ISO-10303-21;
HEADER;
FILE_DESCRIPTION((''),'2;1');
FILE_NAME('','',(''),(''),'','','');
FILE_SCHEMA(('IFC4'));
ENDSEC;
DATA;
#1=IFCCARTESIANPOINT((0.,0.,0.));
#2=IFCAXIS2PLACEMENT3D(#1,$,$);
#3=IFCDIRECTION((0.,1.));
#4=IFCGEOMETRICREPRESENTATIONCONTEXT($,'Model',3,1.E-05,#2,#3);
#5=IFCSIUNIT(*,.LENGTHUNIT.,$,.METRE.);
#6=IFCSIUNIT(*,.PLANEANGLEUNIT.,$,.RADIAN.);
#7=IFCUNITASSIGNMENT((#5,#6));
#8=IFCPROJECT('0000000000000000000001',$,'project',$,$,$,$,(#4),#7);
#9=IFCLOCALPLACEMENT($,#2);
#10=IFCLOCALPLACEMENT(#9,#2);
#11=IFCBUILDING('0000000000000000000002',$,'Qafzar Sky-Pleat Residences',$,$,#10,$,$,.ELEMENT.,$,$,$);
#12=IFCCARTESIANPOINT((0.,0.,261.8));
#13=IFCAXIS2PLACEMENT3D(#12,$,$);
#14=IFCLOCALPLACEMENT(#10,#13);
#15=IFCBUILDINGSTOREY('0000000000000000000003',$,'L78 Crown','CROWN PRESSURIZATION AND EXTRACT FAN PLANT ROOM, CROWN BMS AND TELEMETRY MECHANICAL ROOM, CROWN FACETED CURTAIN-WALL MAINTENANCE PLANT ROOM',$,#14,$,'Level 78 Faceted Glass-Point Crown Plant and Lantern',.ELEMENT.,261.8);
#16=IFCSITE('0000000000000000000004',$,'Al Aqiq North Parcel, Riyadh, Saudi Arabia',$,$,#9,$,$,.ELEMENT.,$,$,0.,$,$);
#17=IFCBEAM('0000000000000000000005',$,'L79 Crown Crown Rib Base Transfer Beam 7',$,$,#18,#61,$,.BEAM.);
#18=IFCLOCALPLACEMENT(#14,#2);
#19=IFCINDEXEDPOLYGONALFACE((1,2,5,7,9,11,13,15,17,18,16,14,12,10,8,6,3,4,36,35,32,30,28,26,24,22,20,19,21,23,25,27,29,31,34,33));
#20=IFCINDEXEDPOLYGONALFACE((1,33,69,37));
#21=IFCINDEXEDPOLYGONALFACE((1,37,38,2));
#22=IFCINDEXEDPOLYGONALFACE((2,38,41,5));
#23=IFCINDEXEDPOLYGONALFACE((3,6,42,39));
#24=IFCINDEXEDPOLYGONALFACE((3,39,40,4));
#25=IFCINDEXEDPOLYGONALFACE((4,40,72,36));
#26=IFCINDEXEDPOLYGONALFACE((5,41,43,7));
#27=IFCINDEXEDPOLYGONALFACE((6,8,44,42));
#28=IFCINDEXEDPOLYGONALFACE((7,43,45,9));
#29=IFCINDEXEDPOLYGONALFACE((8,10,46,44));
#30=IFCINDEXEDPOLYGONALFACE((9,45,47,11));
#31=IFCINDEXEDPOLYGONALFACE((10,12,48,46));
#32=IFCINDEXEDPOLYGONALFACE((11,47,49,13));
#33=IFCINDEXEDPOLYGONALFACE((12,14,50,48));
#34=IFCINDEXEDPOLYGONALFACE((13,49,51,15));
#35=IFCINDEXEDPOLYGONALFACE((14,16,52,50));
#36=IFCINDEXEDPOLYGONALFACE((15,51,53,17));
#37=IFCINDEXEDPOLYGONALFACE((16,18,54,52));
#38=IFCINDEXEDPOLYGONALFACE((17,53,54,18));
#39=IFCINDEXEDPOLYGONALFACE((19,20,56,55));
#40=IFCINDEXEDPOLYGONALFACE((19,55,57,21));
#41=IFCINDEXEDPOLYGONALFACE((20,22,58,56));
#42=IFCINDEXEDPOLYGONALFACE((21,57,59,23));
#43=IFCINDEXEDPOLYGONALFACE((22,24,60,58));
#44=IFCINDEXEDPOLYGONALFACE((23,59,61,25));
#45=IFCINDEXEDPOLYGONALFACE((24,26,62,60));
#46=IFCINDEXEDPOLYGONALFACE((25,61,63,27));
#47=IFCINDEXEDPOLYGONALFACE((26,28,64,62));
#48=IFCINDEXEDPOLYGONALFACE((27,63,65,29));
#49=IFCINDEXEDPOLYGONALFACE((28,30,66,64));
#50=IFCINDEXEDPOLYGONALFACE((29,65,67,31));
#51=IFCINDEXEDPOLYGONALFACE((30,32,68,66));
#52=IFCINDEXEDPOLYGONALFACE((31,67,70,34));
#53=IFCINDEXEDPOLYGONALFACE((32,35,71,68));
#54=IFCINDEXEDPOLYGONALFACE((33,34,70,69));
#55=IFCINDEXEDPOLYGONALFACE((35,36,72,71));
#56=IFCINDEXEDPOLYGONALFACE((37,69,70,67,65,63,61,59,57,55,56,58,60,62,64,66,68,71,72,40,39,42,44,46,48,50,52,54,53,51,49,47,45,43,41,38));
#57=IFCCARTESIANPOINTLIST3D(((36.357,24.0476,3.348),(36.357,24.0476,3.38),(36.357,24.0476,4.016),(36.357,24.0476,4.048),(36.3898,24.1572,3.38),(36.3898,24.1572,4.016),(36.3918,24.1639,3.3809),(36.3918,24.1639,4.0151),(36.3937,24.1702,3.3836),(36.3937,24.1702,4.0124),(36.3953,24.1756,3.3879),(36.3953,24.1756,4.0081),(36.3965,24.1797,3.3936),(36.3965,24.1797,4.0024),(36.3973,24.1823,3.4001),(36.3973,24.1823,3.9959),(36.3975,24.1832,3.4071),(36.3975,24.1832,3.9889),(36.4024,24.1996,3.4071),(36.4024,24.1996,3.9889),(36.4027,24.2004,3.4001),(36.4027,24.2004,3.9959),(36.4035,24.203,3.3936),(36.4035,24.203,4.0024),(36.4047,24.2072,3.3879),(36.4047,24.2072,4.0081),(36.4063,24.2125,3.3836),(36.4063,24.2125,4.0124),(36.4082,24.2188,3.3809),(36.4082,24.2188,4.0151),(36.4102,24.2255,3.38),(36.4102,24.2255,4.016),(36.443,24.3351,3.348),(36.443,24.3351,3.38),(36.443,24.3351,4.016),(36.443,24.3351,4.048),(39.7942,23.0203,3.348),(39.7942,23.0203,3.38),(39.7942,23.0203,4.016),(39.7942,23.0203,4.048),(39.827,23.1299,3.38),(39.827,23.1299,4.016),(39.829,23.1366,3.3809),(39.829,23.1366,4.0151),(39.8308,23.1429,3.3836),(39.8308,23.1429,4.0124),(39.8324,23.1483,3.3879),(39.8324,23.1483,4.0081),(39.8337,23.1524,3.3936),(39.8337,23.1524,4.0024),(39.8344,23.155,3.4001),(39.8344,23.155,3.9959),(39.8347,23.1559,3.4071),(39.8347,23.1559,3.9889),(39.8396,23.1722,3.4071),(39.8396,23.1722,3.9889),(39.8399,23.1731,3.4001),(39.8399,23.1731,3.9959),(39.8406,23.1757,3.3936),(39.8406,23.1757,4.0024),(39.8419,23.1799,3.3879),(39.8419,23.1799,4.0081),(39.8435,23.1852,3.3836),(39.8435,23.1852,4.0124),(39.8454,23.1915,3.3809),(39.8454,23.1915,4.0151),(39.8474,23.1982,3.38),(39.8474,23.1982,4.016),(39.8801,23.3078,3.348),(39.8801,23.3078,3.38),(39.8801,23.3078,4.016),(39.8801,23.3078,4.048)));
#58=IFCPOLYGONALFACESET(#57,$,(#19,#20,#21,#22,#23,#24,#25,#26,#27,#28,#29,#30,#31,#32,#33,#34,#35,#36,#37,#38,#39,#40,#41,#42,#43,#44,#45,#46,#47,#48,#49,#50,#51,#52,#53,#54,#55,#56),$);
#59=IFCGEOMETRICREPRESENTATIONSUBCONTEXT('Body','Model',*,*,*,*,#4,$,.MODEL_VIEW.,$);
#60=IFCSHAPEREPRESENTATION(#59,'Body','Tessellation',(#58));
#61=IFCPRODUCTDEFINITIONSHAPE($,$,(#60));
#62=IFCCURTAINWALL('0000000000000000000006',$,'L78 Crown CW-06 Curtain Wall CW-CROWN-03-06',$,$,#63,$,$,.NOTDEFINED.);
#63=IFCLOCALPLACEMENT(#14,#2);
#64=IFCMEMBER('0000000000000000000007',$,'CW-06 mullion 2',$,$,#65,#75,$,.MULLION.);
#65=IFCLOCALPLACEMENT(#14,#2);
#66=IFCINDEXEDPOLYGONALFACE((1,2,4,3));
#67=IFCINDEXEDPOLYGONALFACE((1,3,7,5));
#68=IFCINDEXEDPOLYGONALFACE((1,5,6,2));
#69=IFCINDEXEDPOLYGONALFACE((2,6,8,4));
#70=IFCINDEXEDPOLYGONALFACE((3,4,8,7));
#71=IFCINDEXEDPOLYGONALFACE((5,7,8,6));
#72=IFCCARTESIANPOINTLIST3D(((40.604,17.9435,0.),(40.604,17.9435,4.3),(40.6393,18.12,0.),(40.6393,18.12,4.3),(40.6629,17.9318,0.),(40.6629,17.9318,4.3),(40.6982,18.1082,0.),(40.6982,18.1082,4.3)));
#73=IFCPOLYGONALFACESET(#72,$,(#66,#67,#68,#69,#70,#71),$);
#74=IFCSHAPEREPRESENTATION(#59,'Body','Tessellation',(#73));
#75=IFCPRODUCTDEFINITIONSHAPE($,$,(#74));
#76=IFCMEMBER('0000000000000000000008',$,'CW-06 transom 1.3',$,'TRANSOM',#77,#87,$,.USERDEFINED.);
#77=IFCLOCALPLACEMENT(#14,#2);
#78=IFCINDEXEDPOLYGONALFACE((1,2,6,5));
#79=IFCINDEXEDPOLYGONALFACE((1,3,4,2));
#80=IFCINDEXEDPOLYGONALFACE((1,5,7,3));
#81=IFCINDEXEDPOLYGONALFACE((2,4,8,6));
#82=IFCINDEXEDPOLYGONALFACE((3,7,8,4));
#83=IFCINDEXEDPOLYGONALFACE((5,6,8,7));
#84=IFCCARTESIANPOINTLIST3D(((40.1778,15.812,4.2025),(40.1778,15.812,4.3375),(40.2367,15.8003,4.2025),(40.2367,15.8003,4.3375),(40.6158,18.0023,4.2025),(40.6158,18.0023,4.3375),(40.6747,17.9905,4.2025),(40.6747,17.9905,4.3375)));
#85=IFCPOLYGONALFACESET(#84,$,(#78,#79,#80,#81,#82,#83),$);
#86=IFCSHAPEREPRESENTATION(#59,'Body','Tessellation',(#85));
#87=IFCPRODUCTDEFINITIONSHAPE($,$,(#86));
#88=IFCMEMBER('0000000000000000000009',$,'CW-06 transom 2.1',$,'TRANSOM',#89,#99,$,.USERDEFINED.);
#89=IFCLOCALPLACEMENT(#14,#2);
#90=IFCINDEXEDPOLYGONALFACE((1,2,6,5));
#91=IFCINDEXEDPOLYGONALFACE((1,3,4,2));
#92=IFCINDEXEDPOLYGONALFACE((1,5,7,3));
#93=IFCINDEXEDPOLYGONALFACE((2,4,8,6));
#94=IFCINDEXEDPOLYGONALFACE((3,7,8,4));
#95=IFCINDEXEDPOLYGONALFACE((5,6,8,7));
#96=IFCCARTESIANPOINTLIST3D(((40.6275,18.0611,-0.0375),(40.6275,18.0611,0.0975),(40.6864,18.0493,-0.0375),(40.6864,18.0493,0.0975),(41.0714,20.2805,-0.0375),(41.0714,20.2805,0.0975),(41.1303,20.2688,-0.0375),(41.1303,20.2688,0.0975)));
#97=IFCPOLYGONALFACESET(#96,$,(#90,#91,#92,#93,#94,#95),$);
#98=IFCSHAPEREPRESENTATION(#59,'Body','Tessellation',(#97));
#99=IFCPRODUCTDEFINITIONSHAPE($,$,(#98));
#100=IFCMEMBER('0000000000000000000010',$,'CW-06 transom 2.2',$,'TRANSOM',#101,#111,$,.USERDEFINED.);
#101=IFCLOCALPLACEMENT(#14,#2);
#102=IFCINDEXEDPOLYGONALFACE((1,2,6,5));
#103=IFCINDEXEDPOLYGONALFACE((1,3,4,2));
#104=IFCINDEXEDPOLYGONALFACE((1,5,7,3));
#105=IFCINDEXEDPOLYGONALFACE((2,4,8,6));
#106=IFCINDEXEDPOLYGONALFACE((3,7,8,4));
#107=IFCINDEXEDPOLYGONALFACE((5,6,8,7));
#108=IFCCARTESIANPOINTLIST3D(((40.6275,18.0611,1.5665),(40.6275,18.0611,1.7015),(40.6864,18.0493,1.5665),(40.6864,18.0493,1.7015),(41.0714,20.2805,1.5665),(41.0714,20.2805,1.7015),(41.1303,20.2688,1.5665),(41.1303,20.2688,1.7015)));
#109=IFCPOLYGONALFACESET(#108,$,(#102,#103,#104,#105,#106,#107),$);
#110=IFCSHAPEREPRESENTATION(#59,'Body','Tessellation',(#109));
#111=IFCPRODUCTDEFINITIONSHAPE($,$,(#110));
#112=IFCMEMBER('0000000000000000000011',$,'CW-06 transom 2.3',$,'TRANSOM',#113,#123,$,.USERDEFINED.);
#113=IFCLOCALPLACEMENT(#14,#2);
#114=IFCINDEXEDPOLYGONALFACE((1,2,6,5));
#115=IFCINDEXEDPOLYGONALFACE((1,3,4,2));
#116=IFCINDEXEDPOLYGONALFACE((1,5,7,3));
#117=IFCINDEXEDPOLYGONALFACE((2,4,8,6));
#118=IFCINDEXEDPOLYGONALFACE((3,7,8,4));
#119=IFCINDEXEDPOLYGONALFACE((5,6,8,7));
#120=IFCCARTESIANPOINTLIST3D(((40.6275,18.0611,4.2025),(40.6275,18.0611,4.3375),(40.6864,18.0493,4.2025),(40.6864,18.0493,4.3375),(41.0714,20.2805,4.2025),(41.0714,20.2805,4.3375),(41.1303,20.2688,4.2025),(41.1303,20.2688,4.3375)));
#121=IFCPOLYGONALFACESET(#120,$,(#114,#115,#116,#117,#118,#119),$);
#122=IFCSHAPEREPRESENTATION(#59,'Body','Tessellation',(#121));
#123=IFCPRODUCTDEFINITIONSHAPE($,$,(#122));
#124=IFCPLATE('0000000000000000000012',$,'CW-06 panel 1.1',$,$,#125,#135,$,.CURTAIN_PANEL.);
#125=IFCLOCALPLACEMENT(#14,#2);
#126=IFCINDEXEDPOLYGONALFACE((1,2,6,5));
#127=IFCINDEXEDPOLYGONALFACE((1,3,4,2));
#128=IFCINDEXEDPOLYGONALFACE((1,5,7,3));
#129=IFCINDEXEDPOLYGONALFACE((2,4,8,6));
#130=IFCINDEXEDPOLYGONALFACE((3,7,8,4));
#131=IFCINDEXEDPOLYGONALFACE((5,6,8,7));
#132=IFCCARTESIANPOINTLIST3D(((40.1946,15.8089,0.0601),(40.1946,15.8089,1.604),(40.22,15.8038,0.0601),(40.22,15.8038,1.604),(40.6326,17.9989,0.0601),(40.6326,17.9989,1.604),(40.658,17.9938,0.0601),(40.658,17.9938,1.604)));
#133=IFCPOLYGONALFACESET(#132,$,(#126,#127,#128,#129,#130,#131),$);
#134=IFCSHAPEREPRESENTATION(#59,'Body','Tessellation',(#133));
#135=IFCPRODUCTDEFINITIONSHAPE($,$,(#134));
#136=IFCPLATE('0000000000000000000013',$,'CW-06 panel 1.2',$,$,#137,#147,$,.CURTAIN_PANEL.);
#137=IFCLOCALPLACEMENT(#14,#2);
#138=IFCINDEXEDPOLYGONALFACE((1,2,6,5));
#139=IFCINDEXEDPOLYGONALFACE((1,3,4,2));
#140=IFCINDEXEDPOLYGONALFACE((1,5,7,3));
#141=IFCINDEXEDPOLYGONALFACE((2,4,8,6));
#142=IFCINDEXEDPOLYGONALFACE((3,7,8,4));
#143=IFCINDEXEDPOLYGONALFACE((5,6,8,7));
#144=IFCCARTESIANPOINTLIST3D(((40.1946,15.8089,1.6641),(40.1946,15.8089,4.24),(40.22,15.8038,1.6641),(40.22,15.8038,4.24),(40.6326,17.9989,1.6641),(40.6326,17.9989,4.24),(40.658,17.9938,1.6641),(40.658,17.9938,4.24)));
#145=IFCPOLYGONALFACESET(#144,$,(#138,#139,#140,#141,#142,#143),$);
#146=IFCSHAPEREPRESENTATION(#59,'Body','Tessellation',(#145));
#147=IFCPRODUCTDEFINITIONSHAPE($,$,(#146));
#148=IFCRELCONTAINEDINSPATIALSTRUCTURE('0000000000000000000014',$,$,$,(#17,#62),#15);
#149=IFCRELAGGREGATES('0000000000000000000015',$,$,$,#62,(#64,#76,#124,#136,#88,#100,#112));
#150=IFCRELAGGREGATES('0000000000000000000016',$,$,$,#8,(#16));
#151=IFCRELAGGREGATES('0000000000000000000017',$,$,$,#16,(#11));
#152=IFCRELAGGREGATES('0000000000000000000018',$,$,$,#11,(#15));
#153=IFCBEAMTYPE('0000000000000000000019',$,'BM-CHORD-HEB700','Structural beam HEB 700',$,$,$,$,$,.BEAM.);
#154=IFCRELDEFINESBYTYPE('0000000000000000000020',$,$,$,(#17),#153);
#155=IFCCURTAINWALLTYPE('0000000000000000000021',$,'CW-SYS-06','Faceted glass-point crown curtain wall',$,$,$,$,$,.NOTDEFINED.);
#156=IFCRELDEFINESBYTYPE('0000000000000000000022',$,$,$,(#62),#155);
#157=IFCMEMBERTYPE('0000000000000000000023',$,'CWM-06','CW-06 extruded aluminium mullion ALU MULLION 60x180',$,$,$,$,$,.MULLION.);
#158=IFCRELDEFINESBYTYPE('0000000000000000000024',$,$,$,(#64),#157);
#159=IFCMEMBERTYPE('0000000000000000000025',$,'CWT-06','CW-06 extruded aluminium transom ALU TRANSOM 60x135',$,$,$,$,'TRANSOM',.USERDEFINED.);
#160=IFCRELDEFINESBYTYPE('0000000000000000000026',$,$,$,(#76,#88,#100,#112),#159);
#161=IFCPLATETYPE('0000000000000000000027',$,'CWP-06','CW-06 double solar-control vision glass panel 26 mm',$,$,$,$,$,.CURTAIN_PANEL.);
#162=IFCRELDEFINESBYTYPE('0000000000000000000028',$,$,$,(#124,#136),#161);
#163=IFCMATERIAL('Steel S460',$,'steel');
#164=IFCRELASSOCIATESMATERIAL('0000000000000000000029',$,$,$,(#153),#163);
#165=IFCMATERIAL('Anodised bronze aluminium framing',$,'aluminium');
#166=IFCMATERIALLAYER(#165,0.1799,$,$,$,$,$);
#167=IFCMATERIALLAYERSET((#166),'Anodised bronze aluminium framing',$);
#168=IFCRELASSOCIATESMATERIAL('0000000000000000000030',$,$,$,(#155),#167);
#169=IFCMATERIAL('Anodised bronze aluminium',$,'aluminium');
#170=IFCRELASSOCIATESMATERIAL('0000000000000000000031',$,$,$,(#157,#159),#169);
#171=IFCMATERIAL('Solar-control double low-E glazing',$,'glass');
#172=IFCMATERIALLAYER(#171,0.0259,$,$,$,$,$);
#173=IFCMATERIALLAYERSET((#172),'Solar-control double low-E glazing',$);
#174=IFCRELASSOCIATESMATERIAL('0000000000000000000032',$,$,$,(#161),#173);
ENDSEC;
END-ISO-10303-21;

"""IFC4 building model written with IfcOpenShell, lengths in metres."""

from ifc_helpers import new_model, si_unit, direction, frame, origin, origin_2d, place, context, subcontext, project, spatial, rectangle, i_section, extrude, source, transform, mapped, material, layer, layer_set, material_profile, profile_set, type_object, element, aggregate, save


model = new_model("IFC4")

# Units and contexts
model_context = context("Model", 3, precision=1e-05, world=origin(), true_north=direction((0.0, 1.0)))
body_context = subcontext(model_context, "Body", "Model", "MODEL_VIEW")
ifc_project = project(units=[si_unit("LENGTHUNIT", "METRE"), si_unit("PLANEANGLEUNIT", "RADIAN")], contexts=[model_context])

# Site, building, storey
site_placement = place(None, origin())
site = spatial("IfcSite", under=ifc_project, at=site_placement, Name="Al Aqiq North Parcel, Riyadh, Saudi Arabia", CompositionType="ELEMENT", RefElevation=0.0)
building_placement = place(site_placement, origin())
building = spatial("IfcBuilding", under=site, at=building_placement, Name="Qafzar Sky-Pleat Residences", CompositionType="ELEMENT")
storey_placement = place(building_placement, frame((0.0, 0.0, 261.8)))
storey = spatial("IfcBuildingStorey", under=building, at=storey_placement, Name="L78 Crown", Description="CROWN PRESSURIZATION AND EXTRACT FAN PLANT ROOM, CROWN BMS AND TELEMETRY MECHANICAL ROOM, CROWN FACETED CURTAIN-WALL MAINTENANCE PLANT ROOM", LongName="Level 78 Faceted Glass-Point Crown Plant and Lantern", CompositionType="ELEMENT", Elevation=261.8)

# Shared definitions
ifc_material_1 = material(Name="Steel S460", Category="steel")

# Beam
ifc_material_profile_1 = material_profile(ifc_material_1, i_section(OverallWidth=0.3, OverallDepth=0.7, WebThickness=0.0171, FlangeThickness=0.032, FilletRadius=0.0271, at=origin_2d()), Name="HEB 700")
ifc_profile_set_1 = profile_set([ifc_material_profile_1], Name="Steel S460")
beam_type = type_object("IfcBeamType", Name="BM-CHORD-HEB700", Description="Structural beam HEB 700", PredefinedType="BEAM", material=ifc_profile_set_1)
shared_shape_1 = source(origin(), body_context, "Body", "SweptSolid", [
    extrude(i_section(OverallWidth=0.3, OverallDepth=0.7, WebThickness=0.0171, FlangeThickness=0.032, FilletRadius=0.0271, at=origin_2d()), origin(), (0.0, 0.0, 1.0), 3.5874),
])
beam_1_placement = place(storey_placement, frame((39.8372, 23.1641, 3.698), z_axis=(-0.95812, 0.286368, 0.0), x_axis=(-0.286368, -0.95812, 0.0)))
element("IfcBeam", 1, at=beam_1_placement, inside=storey, type_object=beam_type, Name="L79 Crown Crown Rib Base Transfer Beam 7", PredefinedType="BEAM", context=body_context, shape_type="MappedRepresentation", body=[
    mapped(shared_shape_1, transform((0.0, 0.0, 0.0), x_axis=(1.0, 0.0, 0.0), y_axis=(0.0, 1.0, 0.0), z_axis=(0.0, 0.0, 1.0), scale=1.0)),
])

# Curtain wall, members, plates
ifc_material_2 = material(Name="Anodised bronze aluminium framing", Category="aluminium")
ifc_layer_1 = layer(ifc_material_2, 0.1799)
ifc_layer_set_1 = layer_set([ifc_layer_1], Name="Anodised bronze aluminium framing")
curtain_wall_type = type_object("IfcCurtainWallType", Name="CW-SYS-06", Description="Faceted glass-point crown curtain wall", PredefinedType="NOTDEFINED", material=ifc_layer_set_1)
curtain_wall_placement = place(storey_placement, origin())
curtain_wall = element("IfcCurtainWall", 2, at=curtain_wall_placement, inside=storey, type_object=curtain_wall_type, Name="L78 Crown CW-06 Curtain Wall CW-CROWN-03-06", PredefinedType="NOTDEFINED")
ifc_material_3 = material(Name="Anodised bronze aluminium", Category="aluminium")
ifc_material_profile_2 = material_profile(ifc_material_3, rectangle(XDim=0.0601, YDim=0.1799, at=origin_2d()), Name="ALU MULLION 60x180")
ifc_profile_set_2 = profile_set([ifc_material_profile_2], Name="Anodised bronze aluminium")
member_type_1 = type_object("IfcMemberType", Name="CWM-06", Description="CW-06 extruded aluminium mullion ALU MULLION 60x180", PredefinedType="MULLION", material=ifc_profile_set_2)
shared_shape_2 = source(origin(), body_context, "Body", "SweptSolid", [
    extrude(rectangle(XDim=0.0601, YDim=0.1799, at=origin_2d()), origin(), (0.0, 0.0, 1.0), 4.3),
])
member_1_placement = place(storey_placement, frame((40.6511, 18.0259, 0.0), z_axis=(0.0, 0.0, 1.0), x_axis=(-0.980581, 0.196113, 0.0)))
member_1 = element("IfcMember", 3, at=member_1_placement, type_object=member_type_1, Name="CW-06 mullion 2", PredefinedType="MULLION", context=body_context, shape_type="MappedRepresentation", body=[
    mapped(shared_shape_2, transform((0.0, 0.0, 0.0), x_axis=(1.0, 0.0, 0.0), y_axis=(0.0, 1.0, 0.0), z_axis=(0.0, 0.0, 1.0), scale=1.0)),
])
ifc_material_profile_3 = material_profile(ifc_material_3, rectangle(XDim=0.0601, YDim=0.135, at=origin_2d()), Name="ALU TRANSOM 60x135")
ifc_profile_set_3 = profile_set([ifc_material_profile_3], Name="Anodised bronze aluminium")
member_type_2 = type_object("IfcMemberType", Name="CWT-06", Description="CW-06 extruded aluminium transom ALU TRANSOM 60x135", ElementType="TRANSOM", PredefinedType="USERDEFINED", material=ifc_profile_set_3)
shared_shape_3 = source(origin(), body_context, "Body", "SweptSolid", [
    extrude(rectangle(XDim=0.0601, YDim=0.135, at=origin_2d()), origin(), (0.0, 0.0, 1.0), 2.2336),
])
member_2_placement = place(storey_placement, frame((40.2073, 15.8062, 4.27), z_axis=(0.196095, 0.980585, 0.0), x_axis=(-0.980585, 0.196095, 0.0)))
member_2 = element("IfcMember", 4, at=member_2_placement, type_object=member_type_2, Name="CW-06 transom 1.3", ObjectType="TRANSOM", PredefinedType="USERDEFINED", context=body_context, shape_type="MappedRepresentation", body=[
    mapped(shared_shape_3, transform((0.0, 0.0, 0.0), x_axis=(1.0, 0.0, 0.0), y_axis=(0.0, 1.0, 0.0), z_axis=(0.0, 0.0, 1.0), scale=1.0)),
])
shared_shape_4 = source(origin(), body_context, "Body", "SweptSolid", [
    extrude(rectangle(XDim=0.0601, YDim=0.135, at=origin_2d()), origin(), (0.0, 0.0, 1.0), 2.2634),
])
member_3_placement = place(storey_placement, frame((40.657, 18.0552, 0.03), z_axis=(0.196095, 0.980585, 0.0), x_axis=(-0.980585, 0.196095, 0.0)))
member_3 = element("IfcMember", 5, at=member_3_placement, type_object=member_type_2, Name="CW-06 transom 2.1", ObjectType="TRANSOM", PredefinedType="USERDEFINED", context=body_context, shape_type="MappedRepresentation", body=[
    mapped(shared_shape_4, transform((0.0, 0.0, 0.0), x_axis=(1.0, 0.0, 0.0), y_axis=(0.0, 1.0, 0.0), z_axis=(0.0, 0.0, 1.0), scale=1.0)),
])
member_4_placement = place(storey_placement, frame((40.657, 18.0552, 1.634), z_axis=(0.196095, 0.980585, 0.0), x_axis=(-0.980585, 0.196095, 0.0)))
member_4 = element("IfcMember", 6, at=member_4_placement, type_object=member_type_2, Name="CW-06 transom 2.2", ObjectType="TRANSOM", PredefinedType="USERDEFINED", context=body_context, shape_type="MappedRepresentation", body=[
    mapped(shared_shape_4, transform((0.0, 0.0, 0.0), x_axis=(1.0, 0.0, 0.0), y_axis=(0.0, 1.0, 0.0), z_axis=(0.0, 0.0, 1.0), scale=1.0)),
])
member_5_placement = place(storey_placement, frame((40.657, 18.0552, 4.27), z_axis=(0.196095, 0.980585, 0.0), x_axis=(-0.980585, 0.196095, 0.0)))
member_5 = element("IfcMember", 7, at=member_5_placement, type_object=member_type_2, Name="CW-06 transom 2.3", ObjectType="TRANSOM", PredefinedType="USERDEFINED", context=body_context, shape_type="MappedRepresentation", body=[
    mapped(shared_shape_4, transform((0.0, 0.0, 0.0), x_axis=(1.0, 0.0, 0.0), y_axis=(0.0, 1.0, 0.0), z_axis=(0.0, 0.0, 1.0), scale=1.0)),
])
ifc_material_4 = material(Name="Solar-control double low-E glazing", Category="glass")
ifc_layer_2 = layer(ifc_material_4, 0.0259)
ifc_layer_set_2 = layer_set([ifc_layer_2], Name="Solar-control double low-E glazing")
plate_type = type_object("IfcPlateType", Name="CWP-06", Description="CW-06 double solar-control vision glass panel 26 mm", PredefinedType="CURTAIN_PANEL", material=ifc_layer_set_2)
shared_shape_5 = source(origin(), body_context, "Body", "SweptSolid", [
    extrude(rectangle(XDim=2.2334, YDim=0.0259, at=origin_2d()), origin(), (0.0, 0.0, 1.0), 1.5439),
])
plate_1_placement = place(storey_placement, frame((40.4263, 16.9014, 0.0601), z_axis=(0.0, 0.0, 1.0), x_axis=(0.196113, 0.980581, 0.0)))
plate_1 = element("IfcPlate", 8, at=plate_1_placement, type_object=plate_type, Name="CW-06 panel 1.1", PredefinedType="CURTAIN_PANEL", context=body_context, shape_type="MappedRepresentation", body=[
    mapped(shared_shape_5, transform((0.0, 0.0, 0.0), x_axis=(1.0, 0.0, 0.0), y_axis=(0.0, 1.0, 0.0), z_axis=(0.0, 0.0, 1.0), scale=1.0)),
])
shared_shape_6 = source(origin(), body_context, "Body", "SweptSolid", [
    extrude(rectangle(XDim=2.2334, YDim=0.0259, at=origin_2d()), origin(), (0.0, 0.0, 1.0), 2.5759),
])
plate_2_placement = place(storey_placement, frame((40.4263, 16.9014, 1.6641), z_axis=(0.0, 0.0, 1.0), x_axis=(0.196113, 0.980581, 0.0)))
plate_2 = element("IfcPlate", 9, at=plate_2_placement, type_object=plate_type, Name="CW-06 panel 1.2", PredefinedType="CURTAIN_PANEL", context=body_context, shape_type="MappedRepresentation", body=[
    mapped(shared_shape_6, transform((0.0, 0.0, 0.0), x_axis=(1.0, 0.0, 0.0), y_axis=(0.0, 1.0, 0.0), z_axis=(0.0, 0.0, 1.0), scale=1.0)),
])
aggregate(curtain_wall, [member_1, member_2, plate_1, plate_2, member_3, member_4, member_5])

save(model, "model.ifc")
